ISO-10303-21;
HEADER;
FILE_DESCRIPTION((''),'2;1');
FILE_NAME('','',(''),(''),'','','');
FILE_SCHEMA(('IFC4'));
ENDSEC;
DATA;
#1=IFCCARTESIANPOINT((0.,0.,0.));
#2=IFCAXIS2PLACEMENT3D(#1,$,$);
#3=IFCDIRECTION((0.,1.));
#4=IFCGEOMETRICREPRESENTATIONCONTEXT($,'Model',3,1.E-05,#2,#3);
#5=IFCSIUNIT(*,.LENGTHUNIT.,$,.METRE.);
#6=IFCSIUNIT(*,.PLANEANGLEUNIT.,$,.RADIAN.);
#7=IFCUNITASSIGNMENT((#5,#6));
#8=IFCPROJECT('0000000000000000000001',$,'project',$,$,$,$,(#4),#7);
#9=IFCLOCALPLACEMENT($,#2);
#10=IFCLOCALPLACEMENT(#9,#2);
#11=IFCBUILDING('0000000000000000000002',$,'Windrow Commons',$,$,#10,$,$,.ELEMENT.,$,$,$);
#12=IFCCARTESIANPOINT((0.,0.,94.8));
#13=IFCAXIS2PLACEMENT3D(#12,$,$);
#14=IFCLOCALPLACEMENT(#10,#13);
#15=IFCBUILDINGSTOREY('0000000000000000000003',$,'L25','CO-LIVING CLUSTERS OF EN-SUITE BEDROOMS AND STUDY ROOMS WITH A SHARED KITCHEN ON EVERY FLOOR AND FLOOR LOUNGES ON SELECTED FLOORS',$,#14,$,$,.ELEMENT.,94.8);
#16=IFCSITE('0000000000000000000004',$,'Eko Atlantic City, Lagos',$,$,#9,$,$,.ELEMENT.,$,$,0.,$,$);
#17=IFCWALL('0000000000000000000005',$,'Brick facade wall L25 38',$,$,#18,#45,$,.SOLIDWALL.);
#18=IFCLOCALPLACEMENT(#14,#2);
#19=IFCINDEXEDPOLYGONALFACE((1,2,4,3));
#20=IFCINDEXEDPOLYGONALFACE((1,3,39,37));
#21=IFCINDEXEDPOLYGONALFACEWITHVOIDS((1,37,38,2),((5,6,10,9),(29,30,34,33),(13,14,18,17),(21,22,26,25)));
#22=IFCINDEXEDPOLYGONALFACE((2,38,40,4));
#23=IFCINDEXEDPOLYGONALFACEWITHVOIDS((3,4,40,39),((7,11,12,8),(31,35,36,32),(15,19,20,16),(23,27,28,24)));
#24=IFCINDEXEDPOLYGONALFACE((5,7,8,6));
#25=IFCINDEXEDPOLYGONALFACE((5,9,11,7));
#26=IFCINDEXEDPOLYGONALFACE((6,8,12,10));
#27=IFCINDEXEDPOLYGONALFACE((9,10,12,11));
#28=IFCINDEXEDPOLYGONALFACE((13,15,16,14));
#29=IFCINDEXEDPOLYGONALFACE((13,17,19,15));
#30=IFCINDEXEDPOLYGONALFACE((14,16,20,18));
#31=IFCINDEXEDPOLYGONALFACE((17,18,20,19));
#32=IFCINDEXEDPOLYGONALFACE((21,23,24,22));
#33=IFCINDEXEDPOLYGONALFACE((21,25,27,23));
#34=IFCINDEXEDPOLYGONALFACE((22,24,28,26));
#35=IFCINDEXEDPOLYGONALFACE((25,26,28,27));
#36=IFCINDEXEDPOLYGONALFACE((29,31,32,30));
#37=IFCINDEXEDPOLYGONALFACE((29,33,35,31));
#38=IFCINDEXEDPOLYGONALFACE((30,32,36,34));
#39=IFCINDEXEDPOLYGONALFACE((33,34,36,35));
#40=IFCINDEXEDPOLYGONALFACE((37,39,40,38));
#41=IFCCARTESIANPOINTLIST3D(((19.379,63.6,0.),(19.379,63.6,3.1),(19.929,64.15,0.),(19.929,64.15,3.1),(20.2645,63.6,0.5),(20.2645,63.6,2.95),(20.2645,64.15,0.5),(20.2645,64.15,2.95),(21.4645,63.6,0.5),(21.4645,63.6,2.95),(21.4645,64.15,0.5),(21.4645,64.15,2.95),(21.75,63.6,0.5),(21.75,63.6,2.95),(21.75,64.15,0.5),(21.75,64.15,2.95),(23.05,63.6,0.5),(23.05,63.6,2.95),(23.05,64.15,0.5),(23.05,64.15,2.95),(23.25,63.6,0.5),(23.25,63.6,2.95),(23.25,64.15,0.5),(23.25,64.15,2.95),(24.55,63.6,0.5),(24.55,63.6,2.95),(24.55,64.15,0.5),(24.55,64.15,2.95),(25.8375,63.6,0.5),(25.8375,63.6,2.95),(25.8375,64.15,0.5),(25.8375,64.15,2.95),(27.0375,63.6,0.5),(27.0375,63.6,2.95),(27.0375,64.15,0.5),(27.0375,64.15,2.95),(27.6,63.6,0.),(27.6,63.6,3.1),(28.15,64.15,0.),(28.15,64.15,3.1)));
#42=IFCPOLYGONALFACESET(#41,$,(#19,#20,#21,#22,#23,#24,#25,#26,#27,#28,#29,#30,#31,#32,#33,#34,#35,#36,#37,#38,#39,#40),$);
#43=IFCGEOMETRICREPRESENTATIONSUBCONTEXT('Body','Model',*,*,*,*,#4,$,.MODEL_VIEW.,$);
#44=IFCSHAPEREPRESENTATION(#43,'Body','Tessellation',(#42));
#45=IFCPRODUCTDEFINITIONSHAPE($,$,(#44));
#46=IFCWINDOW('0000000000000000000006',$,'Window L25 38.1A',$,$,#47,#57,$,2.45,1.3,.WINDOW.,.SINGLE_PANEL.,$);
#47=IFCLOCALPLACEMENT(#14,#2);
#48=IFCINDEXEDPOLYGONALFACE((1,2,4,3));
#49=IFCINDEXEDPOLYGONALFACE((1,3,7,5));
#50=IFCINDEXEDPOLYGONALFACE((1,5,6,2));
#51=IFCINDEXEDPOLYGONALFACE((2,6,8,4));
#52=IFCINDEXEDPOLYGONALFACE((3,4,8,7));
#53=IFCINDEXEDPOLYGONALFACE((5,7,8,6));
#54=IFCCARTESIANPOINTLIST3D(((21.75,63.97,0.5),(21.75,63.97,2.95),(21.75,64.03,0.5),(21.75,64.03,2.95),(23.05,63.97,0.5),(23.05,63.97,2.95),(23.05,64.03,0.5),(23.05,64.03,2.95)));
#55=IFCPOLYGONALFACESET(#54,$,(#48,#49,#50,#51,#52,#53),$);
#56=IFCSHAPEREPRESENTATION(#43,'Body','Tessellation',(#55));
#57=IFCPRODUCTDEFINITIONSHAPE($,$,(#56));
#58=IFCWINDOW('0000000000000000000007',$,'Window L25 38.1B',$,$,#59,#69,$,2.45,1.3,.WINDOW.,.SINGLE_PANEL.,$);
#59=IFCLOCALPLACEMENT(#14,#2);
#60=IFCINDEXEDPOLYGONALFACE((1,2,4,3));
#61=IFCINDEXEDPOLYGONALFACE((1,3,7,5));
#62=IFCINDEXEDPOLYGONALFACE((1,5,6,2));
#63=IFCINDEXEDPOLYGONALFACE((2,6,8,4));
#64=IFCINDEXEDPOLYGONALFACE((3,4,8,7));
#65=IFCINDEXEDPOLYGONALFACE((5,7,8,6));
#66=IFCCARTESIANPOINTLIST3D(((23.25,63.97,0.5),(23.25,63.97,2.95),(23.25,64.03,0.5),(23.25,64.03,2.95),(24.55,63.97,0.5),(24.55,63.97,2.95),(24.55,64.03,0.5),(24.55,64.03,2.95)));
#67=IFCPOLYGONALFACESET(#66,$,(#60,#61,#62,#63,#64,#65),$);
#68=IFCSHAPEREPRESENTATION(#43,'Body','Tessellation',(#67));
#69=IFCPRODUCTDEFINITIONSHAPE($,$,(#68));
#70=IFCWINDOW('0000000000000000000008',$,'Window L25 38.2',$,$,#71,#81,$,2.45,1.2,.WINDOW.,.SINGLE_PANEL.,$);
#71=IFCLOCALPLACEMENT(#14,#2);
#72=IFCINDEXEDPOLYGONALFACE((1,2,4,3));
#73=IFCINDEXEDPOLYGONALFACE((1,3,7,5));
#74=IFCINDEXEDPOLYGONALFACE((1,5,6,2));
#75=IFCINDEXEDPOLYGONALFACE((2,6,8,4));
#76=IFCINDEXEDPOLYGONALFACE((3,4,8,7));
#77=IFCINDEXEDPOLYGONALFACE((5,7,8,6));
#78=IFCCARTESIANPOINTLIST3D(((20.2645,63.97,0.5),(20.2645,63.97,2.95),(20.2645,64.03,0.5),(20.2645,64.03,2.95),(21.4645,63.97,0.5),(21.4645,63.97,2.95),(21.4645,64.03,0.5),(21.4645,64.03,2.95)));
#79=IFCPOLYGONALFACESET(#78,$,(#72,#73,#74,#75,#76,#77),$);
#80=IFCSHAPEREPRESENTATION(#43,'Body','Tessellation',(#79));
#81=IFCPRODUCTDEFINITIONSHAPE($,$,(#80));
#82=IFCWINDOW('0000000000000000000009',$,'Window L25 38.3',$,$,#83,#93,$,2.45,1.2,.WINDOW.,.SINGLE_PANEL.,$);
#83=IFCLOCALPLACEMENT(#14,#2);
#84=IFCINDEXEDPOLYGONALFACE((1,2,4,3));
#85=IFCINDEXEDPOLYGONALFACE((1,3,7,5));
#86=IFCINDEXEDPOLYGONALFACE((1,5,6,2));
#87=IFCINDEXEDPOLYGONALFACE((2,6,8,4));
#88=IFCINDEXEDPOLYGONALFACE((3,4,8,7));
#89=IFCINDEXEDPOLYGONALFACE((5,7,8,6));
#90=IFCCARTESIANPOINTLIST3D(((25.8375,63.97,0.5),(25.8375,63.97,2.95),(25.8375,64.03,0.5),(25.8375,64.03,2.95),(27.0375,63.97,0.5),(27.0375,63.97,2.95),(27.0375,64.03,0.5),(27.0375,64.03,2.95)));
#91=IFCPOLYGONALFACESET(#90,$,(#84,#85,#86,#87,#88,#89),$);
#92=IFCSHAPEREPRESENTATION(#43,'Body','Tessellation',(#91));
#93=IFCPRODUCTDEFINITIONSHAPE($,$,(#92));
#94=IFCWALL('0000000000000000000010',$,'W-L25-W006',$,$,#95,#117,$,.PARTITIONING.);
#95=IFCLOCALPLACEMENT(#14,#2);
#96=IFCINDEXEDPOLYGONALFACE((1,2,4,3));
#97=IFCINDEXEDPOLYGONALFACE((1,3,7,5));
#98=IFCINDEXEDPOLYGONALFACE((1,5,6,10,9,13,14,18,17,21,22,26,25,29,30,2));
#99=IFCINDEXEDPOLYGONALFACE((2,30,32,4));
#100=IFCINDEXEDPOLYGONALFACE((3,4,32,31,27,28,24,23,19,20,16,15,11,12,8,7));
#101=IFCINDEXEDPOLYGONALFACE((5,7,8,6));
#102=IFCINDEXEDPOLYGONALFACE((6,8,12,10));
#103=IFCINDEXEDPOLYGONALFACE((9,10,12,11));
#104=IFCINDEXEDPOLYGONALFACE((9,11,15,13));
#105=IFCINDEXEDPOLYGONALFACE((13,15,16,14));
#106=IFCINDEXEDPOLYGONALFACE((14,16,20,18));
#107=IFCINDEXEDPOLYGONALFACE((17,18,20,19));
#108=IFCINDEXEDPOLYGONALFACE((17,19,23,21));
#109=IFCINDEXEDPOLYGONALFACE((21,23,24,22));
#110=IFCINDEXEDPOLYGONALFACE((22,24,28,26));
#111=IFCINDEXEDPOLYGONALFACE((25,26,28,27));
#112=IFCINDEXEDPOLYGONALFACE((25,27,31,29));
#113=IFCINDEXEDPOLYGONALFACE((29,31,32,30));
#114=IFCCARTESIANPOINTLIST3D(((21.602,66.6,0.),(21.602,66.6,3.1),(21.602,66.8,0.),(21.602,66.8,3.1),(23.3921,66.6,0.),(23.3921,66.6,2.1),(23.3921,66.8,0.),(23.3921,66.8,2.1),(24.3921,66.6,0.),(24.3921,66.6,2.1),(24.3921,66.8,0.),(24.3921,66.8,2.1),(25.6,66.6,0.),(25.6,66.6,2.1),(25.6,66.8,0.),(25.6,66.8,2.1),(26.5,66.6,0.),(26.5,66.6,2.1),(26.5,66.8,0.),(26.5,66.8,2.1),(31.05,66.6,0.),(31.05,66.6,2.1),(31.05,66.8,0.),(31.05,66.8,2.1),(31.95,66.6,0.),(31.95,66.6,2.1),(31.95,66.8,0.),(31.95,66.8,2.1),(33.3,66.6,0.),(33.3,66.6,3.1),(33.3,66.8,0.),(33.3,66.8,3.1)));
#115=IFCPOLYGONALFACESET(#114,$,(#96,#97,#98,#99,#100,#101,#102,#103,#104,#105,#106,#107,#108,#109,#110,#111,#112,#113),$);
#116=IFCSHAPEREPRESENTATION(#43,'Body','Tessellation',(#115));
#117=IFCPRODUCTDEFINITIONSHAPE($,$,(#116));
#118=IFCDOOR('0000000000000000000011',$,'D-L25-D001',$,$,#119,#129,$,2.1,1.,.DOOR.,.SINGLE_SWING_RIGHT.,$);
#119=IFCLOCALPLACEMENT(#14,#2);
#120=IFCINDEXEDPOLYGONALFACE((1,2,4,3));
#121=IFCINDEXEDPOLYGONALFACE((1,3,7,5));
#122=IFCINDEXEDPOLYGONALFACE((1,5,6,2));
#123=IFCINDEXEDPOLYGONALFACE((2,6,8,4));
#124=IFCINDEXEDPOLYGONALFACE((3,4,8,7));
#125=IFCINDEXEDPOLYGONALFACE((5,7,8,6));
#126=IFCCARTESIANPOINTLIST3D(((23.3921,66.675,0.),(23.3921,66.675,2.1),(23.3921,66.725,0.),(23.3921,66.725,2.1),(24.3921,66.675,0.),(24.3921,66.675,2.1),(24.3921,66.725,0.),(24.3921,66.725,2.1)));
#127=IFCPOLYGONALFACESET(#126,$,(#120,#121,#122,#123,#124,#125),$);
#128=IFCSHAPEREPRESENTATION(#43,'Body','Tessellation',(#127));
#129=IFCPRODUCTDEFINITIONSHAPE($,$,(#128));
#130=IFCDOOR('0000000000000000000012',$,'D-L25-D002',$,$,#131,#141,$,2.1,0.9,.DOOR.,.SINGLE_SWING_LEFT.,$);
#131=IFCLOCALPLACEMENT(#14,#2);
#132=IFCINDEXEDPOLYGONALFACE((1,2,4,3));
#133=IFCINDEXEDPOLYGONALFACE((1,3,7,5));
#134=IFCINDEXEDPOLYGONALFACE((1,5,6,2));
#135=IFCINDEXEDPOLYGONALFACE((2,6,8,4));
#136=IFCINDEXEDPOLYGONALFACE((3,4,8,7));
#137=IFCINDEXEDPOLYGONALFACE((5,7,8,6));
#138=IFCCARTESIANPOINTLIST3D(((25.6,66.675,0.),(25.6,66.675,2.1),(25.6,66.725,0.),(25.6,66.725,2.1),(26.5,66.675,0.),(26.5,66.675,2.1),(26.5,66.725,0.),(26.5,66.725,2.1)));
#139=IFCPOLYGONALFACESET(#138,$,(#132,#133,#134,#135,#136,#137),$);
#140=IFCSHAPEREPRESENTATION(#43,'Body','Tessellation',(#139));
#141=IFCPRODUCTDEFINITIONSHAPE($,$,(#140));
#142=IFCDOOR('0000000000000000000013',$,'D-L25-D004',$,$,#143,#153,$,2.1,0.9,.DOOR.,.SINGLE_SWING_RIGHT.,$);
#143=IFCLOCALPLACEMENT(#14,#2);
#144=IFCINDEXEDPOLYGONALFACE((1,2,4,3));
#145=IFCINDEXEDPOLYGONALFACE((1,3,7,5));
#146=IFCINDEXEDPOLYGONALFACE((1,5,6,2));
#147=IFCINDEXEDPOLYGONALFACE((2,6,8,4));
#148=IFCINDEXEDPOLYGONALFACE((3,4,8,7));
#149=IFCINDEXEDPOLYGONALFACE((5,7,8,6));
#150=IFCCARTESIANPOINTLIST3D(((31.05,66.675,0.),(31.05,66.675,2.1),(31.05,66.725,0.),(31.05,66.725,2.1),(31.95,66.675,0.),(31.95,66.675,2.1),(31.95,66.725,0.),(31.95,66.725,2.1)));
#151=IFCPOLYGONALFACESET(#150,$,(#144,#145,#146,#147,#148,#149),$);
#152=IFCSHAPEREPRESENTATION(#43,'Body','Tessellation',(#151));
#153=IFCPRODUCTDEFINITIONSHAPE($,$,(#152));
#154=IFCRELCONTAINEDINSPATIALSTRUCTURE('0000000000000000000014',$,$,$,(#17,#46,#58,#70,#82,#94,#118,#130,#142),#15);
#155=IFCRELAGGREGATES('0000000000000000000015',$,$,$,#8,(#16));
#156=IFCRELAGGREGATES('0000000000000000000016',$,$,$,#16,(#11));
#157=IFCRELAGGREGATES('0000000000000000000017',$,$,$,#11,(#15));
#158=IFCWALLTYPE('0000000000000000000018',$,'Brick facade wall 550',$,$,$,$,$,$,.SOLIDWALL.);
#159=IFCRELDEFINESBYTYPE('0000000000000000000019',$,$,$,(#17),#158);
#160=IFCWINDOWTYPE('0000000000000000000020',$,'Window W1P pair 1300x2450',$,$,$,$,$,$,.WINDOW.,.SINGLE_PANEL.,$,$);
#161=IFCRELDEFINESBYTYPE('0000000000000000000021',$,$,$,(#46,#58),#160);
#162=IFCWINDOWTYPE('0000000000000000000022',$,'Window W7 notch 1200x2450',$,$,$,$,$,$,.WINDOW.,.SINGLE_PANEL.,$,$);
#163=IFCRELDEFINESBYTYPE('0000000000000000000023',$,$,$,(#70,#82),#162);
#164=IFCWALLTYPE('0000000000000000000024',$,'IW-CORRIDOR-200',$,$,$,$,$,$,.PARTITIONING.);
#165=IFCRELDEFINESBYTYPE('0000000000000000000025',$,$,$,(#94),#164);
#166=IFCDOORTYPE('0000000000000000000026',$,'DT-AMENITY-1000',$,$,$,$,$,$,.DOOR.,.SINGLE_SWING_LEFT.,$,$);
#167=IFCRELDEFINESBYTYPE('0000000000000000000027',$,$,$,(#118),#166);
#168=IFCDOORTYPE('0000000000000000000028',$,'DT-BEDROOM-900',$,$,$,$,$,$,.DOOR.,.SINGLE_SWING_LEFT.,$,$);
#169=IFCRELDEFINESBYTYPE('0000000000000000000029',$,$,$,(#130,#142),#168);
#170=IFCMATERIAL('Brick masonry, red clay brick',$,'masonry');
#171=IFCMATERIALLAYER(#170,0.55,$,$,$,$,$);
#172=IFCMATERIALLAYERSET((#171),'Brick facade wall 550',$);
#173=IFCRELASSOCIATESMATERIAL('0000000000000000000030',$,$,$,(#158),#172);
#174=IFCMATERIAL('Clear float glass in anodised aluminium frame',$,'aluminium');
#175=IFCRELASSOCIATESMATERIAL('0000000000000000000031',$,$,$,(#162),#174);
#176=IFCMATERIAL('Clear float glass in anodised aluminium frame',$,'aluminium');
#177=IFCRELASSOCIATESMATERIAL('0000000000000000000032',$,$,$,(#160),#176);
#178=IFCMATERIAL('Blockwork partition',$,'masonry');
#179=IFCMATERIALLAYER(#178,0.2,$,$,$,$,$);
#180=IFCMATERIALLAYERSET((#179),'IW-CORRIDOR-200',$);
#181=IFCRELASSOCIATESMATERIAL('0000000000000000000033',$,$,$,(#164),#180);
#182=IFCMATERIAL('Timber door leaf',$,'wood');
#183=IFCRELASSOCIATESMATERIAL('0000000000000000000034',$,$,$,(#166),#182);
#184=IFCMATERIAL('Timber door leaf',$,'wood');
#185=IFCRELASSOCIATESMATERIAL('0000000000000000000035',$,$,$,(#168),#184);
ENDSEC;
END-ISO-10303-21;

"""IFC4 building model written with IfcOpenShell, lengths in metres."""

from ifc_helpers import new_model, si_unit, direction, frame, frame_2d, origin, place, context, subcontext, project, spatial, polyline, rectangle, outline, extrude, material, layer, layer_set, type_object, element, fill, save


model = new_model("IFC4")

# Units and contexts
model_context = context("Model", 3, precision=1e-05, world=origin(), true_north=direction((0.0, 1.0)))
body_context = subcontext(model_context, "Body", "Model", "MODEL_VIEW")
ifc_project = project(units=[si_unit("LENGTHUNIT", "METRE"), si_unit("PLANEANGLEUNIT", "RADIAN")], contexts=[model_context])

# Site, building, storey
site_placement = place(None, origin())
site = spatial("IfcSite", under=ifc_project, at=site_placement, Name="Eko Atlantic City, Lagos", CompositionType="ELEMENT", RefElevation=0.0)
building_placement = place(site_placement, origin())
building = spatial("IfcBuilding", under=site, at=building_placement, Name="Windrow Commons", CompositionType="ELEMENT")
storey_placement = place(building_placement, frame((0.0, 0.0, 94.8)))
storey = spatial("IfcBuildingStorey", under=building, at=storey_placement, Name="L25", Description="CO-LIVING CLUSTERS OF EN-SUITE BEDROOMS AND STUDY ROOMS WITH A SHARED KITCHEN ON EVERY FLOOR AND FLOOR LOUNGES ON SELECTED FLOORS", CompositionType="ELEMENT", Elevation=94.8)

# Wall, openings, windows
ifc_material_1 = material(Name="Brick masonry, red clay brick", Category="masonry")
ifc_layer_1 = layer(ifc_material_1, 0.55)
ifc_layer_set_1 = layer_set([ifc_layer_1], Name="Brick facade wall 550")
wall_type_1 = type_object("IfcWallType", Name="Brick facade wall 550", PredefinedType="SOLIDWALL", material=ifc_layer_set_1)
ifc_material_2 = material(Name="Clear float glass in anodised aluminium frame", Category="aluminium")
window_type_1 = type_object("IfcWindowType", Name="Window W7 notch 1200x2450", PartitioningType="SINGLE_PANEL", PredefinedType="WINDOW", material=ifc_material_2)
ifc_material_3 = material(Name="Clear float glass in anodised aluminium frame", Category="aluminium")
window_type_2 = type_object("IfcWindowType", Name="Window W1P pair 1300x2450", PartitioningType="SINGLE_PANEL", PredefinedType="WINDOW", material=ifc_material_3)
wall_1_placement = place(storey_placement, frame((19.654, 63.875, 0.0), z_axis=(0.0, 0.0, 1.0), x_axis=(1.0, 0.0, 0.0)))
wall_1 = element("IfcWall", 1, at=wall_1_placement, inside=storey, type_object=wall_type_1, Name="Brick facade wall L25 38", PredefinedType="SOLIDWALL", context=body_context, shape_type="SweptSolid", body=[
    extrude(outline(polyline([(-0.275, -0.275), (7.946, -0.275), (8.496, 0.275), (0.275, 0.275), (-0.275, -0.275)])), origin(), (0.0, 0.0, 1.0), 3.1),
])
opening_1_placement = place(wall_1_placement, frame((2.096, 0.0, 0.5)))
opening_1 = element("IfcOpeningElement", 2, at=opening_1_placement, cuts=wall_1, PredefinedType="OPENING", context=body_context, shape_type="SweptSolid", body=[
    extrude(rectangle(XDim=1.3, YDim=2.45, at=frame_2d((0.65, 1.225))), frame((0.0, 0.285, 0.0), z_axis=(0.0, -1.0, 0.0), x_axis=(1.0, 0.0, 0.0)), (0.0, 0.0, 1.0), 0.57),
])
opening_2_placement = place(wall_1_placement, frame((3.596, 0.0, 0.5)))
opening_2 = element("IfcOpeningElement", 3, at=opening_2_placement, cuts=wall_1, PredefinedType="OPENING", context=body_context, shape_type="SweptSolid", body=[
    extrude(rectangle(XDim=1.3, YDim=2.45, at=frame_2d((0.65, 1.225))), frame((0.0, 0.285, 0.0), z_axis=(0.0, -1.0, 0.0), x_axis=(1.0, 0.0, 0.0)), (0.0, 0.0, 1.0), 0.57),
])
opening_3_placement = place(wall_1_placement, frame((0.6105, 0.0, 0.5)))
opening_3 = element("IfcOpeningElement", 4, at=opening_3_placement, cuts=wall_1, PredefinedType="OPENING", context=body_context, shape_type="SweptSolid", body=[
    extrude(rectangle(XDim=1.2, YDim=2.45, at=frame_2d((0.6, 1.225))), frame((0.0, 0.285, 0.0), z_axis=(0.0, -1.0, 0.0), x_axis=(1.0, 0.0, 0.0)), (0.0, 0.0, 1.0), 0.57),
])
opening_4_placement = place(wall_1_placement, frame((6.1835, 0.0, 0.5)))
opening_4 = element("IfcOpeningElement", 5, at=opening_4_placement, cuts=wall_1, PredefinedType="OPENING", context=body_context, shape_type="SweptSolid", body=[
    extrude(rectangle(XDim=1.2, YDim=2.45, at=frame_2d((0.6, 1.225))), frame((0.0, 0.285, 0.0), z_axis=(0.0, -1.0, 0.0), x_axis=(1.0, 0.0, 0.0)), (0.0, 0.0, 1.0), 0.57),
])
window_1_placement = place(opening_1_placement, origin())
window_1 = element("IfcWindow", 6, at=window_1_placement, inside=storey, type_object=window_type_2, Name="Window L25 38.1A", OverallHeight=2.45, OverallWidth=1.3, PartitioningType="SINGLE_PANEL", PredefinedType="WINDOW", context=body_context, shape_type="SweptSolid", body=[
    extrude(rectangle(XDim=1.3, YDim=2.45, at=frame_2d((0.65, 1.225))), frame((0.0, 0.155, 0.0), z_axis=(0.0, -1.0, 0.0), x_axis=(1.0, 0.0, 0.0)), (0.0, 0.0, 1.0), 0.06),
])
fill(opening_1, window_1)
window_2_placement = place(opening_2_placement, origin())
window_2 = element("IfcWindow", 7, at=window_2_placement, inside=storey, type_object=window_type_2, Name="Window L25 38.1B", OverallHeight=2.45, OverallWidth=1.3, PartitioningType="SINGLE_PANEL", PredefinedType="WINDOW", context=body_context, shape_type="SweptSolid", body=[
    extrude(rectangle(XDim=1.3, YDim=2.45, at=frame_2d((0.65, 1.225))), frame((0.0, 0.155, 0.0), z_axis=(0.0, -1.0, 0.0), x_axis=(1.0, 0.0, 0.0)), (0.0, 0.0, 1.0), 0.06),
])
fill(opening_2, window_2)
window_3_placement = place(opening_3_placement, origin())
window_3 = element("IfcWindow", 8, at=window_3_placement, inside=storey, type_object=window_type_1, Name="Window L25 38.2", OverallHeight=2.45, OverallWidth=1.2, PartitioningType="SINGLE_PANEL", PredefinedType="WINDOW", context=body_context, shape_type="SweptSolid", body=[
    extrude(rectangle(XDim=1.2, YDim=2.45, at=frame_2d((0.6, 1.225))), frame((0.0, 0.155, 0.0), z_axis=(0.0, -1.0, 0.0), x_axis=(1.0, 0.0, 0.0)), (0.0, 0.0, 1.0), 0.06),
])
fill(opening_3, window_3)
window_4_placement = place(opening_4_placement, origin())
window_4 = element("IfcWindow", 9, at=window_4_placement, inside=storey, type_object=window_type_1, Name="Window L25 38.3", OverallHeight=2.45, OverallWidth=1.2, PartitioningType="SINGLE_PANEL", PredefinedType="WINDOW", context=body_context, shape_type="SweptSolid", body=[
    extrude(rectangle(XDim=1.2, YDim=2.45, at=frame_2d((0.6, 1.225))), frame((0.0, 0.155, 0.0), z_axis=(0.0, -1.0, 0.0), x_axis=(1.0, 0.0, 0.0)), (0.0, 0.0, 1.0), 0.06),
])
fill(opening_4, window_4)

# Wall, openings, doors
ifc_material_4 = material(Name="Blockwork partition", Category="masonry")
ifc_layer_2 = layer(ifc_material_4, 0.2)
ifc_layer_set_2 = layer_set([ifc_layer_2], Name="IW-CORRIDOR-200")
wall_type_2 = type_object("IfcWallType", Name="IW-CORRIDOR-200", PredefinedType="PARTITIONING", material=ifc_layer_set_2)
wall_2_placement = place(storey_placement, frame((21.602, 66.7, 0.0), z_axis=(0.0, 0.0, 1.0), x_axis=(1.0, 0.0, 0.0)))
wall_2 = element("IfcWall", 10, at=wall_2_placement, inside=storey, type_object=wall_type_2, Name="W-L25-W006", PredefinedType="PARTITIONING", context=body_context, shape_type="SweptSolid", body=[
    extrude(rectangle(XDim=11.698, YDim=0.2, at=frame_2d((5.849, 0.0))), origin(), (0.0, 0.0, 1.0), 3.1),
])
opening_5_placement = place(wall_2_placement, frame((1.7901, 0.0, 0.0)))
opening_5 = element("IfcOpeningElement", 11, at=opening_5_placement, cuts=wall_2, PredefinedType="OPENING", context=body_context, shape_type="SweptSolid", body=[
    extrude(rectangle(XDim=1.0, YDim=2.1, at=frame_2d((0.5, 1.05))), frame((0.0, 0.11, 0.0), z_axis=(0.0, -1.0, 0.0), x_axis=(1.0, 0.0, 0.0)), (0.0, 0.0, 1.0), 0.22),
])
opening_6_placement = place(wall_2_placement, frame((3.998, 0.0, 0.0)))
opening_6 = element("IfcOpeningElement", 12, at=opening_6_placement, cuts=wall_2, PredefinedType="OPENING", context=body_context, shape_type="SweptSolid", body=[
    extrude(rectangle(XDim=0.9, YDim=2.1, at=frame_2d((0.45, 1.05))), frame((0.0, 0.11, 0.0), z_axis=(0.0, -1.0, 0.0), x_axis=(1.0, 0.0, 0.0)), (0.0, 0.0, 1.0), 0.22),
])
opening_7_placement = place(wall_2_placement, frame((9.448, 0.0, 0.0)))
opening_7 = element("IfcOpeningElement", 13, at=opening_7_placement, cuts=wall_2, PredefinedType="OPENING", context=body_context, shape_type="SweptSolid", body=[
    extrude(rectangle(XDim=0.9, YDim=2.1, at=frame_2d((0.45, 1.05))), frame((0.0, 0.11, 0.0), z_axis=(0.0, -1.0, 0.0), x_axis=(1.0, 0.0, 0.0)), (0.0, 0.0, 1.0), 0.22),
])
ifc_material_5 = material(Name="Timber door leaf", Category="wood")
door_type_1 = type_object("IfcDoorType", Name="DT-AMENITY-1000", OperationType="SINGLE_SWING_LEFT", PredefinedType="DOOR", material=ifc_material_5)
door_1_placement = place(opening_5_placement, origin())
door_1 = element("IfcDoor", 14, at=door_1_placement, inside=storey, type_object=door_type_1, Name="D-L25-D001", OperationType="SINGLE_SWING_RIGHT", OverallHeight=2.1, OverallWidth=1.0, PredefinedType="DOOR", context=body_context, shape_type="SweptSolid", body=[
    extrude(rectangle(XDim=1.0, YDim=2.1, at=frame_2d((0.5, 1.05))), frame((0.0, 0.025, 0.0), z_axis=(0.0, -1.0, 0.0), x_axis=(1.0, 0.0, 0.0)), (0.0, 0.0, 1.0), 0.05),
])
fill(opening_5, door_1)
ifc_material_6 = material(Name="Timber door leaf", Category="wood")
door_type_2 = type_object("IfcDoorType", Name="DT-BEDROOM-900", OperationType="SINGLE_SWING_LEFT", PredefinedType="DOOR", material=ifc_material_6)
door_2_placement = place(opening_6_placement, origin())
door_2 = element("IfcDoor", 15, at=door_2_placement, inside=storey, type_object=door_type_2, Name="D-L25-D002", OperationType="SINGLE_SWING_LEFT", OverallHeight=2.1, OverallWidth=0.9, PredefinedType="DOOR", context=body_context, shape_type="SweptSolid", body=[
    extrude(rectangle(XDim=0.9, YDim=2.1, at=frame_2d((0.45, 1.05))), frame((0.0, 0.025, 0.0), z_axis=(0.0, -1.0, 0.0), x_axis=(1.0, 0.0, 0.0)), (0.0, 0.0, 1.0), 0.05),
])
fill(opening_6, door_2)
door_3_placement = place(opening_7_placement, origin())
door_3 = element("IfcDoor", 16, at=door_3_placement, inside=storey, type_object=door_type_2, Name="D-L25-D004", OperationType="SINGLE_SWING_RIGHT", OverallHeight=2.1, OverallWidth=0.9, PredefinedType="DOOR", context=body_context, shape_type="SweptSolid", body=[
    extrude(rectangle(XDim=0.9, YDim=2.1, at=frame_2d((0.45, 1.05))), frame((0.0, 0.025, 0.0), z_axis=(0.0, -1.0, 0.0), x_axis=(1.0, 0.0, 0.0)), (0.0, 0.0, 1.0), 0.05),
])
fill(opening_7, door_3)

save(model, "model.ifc")
